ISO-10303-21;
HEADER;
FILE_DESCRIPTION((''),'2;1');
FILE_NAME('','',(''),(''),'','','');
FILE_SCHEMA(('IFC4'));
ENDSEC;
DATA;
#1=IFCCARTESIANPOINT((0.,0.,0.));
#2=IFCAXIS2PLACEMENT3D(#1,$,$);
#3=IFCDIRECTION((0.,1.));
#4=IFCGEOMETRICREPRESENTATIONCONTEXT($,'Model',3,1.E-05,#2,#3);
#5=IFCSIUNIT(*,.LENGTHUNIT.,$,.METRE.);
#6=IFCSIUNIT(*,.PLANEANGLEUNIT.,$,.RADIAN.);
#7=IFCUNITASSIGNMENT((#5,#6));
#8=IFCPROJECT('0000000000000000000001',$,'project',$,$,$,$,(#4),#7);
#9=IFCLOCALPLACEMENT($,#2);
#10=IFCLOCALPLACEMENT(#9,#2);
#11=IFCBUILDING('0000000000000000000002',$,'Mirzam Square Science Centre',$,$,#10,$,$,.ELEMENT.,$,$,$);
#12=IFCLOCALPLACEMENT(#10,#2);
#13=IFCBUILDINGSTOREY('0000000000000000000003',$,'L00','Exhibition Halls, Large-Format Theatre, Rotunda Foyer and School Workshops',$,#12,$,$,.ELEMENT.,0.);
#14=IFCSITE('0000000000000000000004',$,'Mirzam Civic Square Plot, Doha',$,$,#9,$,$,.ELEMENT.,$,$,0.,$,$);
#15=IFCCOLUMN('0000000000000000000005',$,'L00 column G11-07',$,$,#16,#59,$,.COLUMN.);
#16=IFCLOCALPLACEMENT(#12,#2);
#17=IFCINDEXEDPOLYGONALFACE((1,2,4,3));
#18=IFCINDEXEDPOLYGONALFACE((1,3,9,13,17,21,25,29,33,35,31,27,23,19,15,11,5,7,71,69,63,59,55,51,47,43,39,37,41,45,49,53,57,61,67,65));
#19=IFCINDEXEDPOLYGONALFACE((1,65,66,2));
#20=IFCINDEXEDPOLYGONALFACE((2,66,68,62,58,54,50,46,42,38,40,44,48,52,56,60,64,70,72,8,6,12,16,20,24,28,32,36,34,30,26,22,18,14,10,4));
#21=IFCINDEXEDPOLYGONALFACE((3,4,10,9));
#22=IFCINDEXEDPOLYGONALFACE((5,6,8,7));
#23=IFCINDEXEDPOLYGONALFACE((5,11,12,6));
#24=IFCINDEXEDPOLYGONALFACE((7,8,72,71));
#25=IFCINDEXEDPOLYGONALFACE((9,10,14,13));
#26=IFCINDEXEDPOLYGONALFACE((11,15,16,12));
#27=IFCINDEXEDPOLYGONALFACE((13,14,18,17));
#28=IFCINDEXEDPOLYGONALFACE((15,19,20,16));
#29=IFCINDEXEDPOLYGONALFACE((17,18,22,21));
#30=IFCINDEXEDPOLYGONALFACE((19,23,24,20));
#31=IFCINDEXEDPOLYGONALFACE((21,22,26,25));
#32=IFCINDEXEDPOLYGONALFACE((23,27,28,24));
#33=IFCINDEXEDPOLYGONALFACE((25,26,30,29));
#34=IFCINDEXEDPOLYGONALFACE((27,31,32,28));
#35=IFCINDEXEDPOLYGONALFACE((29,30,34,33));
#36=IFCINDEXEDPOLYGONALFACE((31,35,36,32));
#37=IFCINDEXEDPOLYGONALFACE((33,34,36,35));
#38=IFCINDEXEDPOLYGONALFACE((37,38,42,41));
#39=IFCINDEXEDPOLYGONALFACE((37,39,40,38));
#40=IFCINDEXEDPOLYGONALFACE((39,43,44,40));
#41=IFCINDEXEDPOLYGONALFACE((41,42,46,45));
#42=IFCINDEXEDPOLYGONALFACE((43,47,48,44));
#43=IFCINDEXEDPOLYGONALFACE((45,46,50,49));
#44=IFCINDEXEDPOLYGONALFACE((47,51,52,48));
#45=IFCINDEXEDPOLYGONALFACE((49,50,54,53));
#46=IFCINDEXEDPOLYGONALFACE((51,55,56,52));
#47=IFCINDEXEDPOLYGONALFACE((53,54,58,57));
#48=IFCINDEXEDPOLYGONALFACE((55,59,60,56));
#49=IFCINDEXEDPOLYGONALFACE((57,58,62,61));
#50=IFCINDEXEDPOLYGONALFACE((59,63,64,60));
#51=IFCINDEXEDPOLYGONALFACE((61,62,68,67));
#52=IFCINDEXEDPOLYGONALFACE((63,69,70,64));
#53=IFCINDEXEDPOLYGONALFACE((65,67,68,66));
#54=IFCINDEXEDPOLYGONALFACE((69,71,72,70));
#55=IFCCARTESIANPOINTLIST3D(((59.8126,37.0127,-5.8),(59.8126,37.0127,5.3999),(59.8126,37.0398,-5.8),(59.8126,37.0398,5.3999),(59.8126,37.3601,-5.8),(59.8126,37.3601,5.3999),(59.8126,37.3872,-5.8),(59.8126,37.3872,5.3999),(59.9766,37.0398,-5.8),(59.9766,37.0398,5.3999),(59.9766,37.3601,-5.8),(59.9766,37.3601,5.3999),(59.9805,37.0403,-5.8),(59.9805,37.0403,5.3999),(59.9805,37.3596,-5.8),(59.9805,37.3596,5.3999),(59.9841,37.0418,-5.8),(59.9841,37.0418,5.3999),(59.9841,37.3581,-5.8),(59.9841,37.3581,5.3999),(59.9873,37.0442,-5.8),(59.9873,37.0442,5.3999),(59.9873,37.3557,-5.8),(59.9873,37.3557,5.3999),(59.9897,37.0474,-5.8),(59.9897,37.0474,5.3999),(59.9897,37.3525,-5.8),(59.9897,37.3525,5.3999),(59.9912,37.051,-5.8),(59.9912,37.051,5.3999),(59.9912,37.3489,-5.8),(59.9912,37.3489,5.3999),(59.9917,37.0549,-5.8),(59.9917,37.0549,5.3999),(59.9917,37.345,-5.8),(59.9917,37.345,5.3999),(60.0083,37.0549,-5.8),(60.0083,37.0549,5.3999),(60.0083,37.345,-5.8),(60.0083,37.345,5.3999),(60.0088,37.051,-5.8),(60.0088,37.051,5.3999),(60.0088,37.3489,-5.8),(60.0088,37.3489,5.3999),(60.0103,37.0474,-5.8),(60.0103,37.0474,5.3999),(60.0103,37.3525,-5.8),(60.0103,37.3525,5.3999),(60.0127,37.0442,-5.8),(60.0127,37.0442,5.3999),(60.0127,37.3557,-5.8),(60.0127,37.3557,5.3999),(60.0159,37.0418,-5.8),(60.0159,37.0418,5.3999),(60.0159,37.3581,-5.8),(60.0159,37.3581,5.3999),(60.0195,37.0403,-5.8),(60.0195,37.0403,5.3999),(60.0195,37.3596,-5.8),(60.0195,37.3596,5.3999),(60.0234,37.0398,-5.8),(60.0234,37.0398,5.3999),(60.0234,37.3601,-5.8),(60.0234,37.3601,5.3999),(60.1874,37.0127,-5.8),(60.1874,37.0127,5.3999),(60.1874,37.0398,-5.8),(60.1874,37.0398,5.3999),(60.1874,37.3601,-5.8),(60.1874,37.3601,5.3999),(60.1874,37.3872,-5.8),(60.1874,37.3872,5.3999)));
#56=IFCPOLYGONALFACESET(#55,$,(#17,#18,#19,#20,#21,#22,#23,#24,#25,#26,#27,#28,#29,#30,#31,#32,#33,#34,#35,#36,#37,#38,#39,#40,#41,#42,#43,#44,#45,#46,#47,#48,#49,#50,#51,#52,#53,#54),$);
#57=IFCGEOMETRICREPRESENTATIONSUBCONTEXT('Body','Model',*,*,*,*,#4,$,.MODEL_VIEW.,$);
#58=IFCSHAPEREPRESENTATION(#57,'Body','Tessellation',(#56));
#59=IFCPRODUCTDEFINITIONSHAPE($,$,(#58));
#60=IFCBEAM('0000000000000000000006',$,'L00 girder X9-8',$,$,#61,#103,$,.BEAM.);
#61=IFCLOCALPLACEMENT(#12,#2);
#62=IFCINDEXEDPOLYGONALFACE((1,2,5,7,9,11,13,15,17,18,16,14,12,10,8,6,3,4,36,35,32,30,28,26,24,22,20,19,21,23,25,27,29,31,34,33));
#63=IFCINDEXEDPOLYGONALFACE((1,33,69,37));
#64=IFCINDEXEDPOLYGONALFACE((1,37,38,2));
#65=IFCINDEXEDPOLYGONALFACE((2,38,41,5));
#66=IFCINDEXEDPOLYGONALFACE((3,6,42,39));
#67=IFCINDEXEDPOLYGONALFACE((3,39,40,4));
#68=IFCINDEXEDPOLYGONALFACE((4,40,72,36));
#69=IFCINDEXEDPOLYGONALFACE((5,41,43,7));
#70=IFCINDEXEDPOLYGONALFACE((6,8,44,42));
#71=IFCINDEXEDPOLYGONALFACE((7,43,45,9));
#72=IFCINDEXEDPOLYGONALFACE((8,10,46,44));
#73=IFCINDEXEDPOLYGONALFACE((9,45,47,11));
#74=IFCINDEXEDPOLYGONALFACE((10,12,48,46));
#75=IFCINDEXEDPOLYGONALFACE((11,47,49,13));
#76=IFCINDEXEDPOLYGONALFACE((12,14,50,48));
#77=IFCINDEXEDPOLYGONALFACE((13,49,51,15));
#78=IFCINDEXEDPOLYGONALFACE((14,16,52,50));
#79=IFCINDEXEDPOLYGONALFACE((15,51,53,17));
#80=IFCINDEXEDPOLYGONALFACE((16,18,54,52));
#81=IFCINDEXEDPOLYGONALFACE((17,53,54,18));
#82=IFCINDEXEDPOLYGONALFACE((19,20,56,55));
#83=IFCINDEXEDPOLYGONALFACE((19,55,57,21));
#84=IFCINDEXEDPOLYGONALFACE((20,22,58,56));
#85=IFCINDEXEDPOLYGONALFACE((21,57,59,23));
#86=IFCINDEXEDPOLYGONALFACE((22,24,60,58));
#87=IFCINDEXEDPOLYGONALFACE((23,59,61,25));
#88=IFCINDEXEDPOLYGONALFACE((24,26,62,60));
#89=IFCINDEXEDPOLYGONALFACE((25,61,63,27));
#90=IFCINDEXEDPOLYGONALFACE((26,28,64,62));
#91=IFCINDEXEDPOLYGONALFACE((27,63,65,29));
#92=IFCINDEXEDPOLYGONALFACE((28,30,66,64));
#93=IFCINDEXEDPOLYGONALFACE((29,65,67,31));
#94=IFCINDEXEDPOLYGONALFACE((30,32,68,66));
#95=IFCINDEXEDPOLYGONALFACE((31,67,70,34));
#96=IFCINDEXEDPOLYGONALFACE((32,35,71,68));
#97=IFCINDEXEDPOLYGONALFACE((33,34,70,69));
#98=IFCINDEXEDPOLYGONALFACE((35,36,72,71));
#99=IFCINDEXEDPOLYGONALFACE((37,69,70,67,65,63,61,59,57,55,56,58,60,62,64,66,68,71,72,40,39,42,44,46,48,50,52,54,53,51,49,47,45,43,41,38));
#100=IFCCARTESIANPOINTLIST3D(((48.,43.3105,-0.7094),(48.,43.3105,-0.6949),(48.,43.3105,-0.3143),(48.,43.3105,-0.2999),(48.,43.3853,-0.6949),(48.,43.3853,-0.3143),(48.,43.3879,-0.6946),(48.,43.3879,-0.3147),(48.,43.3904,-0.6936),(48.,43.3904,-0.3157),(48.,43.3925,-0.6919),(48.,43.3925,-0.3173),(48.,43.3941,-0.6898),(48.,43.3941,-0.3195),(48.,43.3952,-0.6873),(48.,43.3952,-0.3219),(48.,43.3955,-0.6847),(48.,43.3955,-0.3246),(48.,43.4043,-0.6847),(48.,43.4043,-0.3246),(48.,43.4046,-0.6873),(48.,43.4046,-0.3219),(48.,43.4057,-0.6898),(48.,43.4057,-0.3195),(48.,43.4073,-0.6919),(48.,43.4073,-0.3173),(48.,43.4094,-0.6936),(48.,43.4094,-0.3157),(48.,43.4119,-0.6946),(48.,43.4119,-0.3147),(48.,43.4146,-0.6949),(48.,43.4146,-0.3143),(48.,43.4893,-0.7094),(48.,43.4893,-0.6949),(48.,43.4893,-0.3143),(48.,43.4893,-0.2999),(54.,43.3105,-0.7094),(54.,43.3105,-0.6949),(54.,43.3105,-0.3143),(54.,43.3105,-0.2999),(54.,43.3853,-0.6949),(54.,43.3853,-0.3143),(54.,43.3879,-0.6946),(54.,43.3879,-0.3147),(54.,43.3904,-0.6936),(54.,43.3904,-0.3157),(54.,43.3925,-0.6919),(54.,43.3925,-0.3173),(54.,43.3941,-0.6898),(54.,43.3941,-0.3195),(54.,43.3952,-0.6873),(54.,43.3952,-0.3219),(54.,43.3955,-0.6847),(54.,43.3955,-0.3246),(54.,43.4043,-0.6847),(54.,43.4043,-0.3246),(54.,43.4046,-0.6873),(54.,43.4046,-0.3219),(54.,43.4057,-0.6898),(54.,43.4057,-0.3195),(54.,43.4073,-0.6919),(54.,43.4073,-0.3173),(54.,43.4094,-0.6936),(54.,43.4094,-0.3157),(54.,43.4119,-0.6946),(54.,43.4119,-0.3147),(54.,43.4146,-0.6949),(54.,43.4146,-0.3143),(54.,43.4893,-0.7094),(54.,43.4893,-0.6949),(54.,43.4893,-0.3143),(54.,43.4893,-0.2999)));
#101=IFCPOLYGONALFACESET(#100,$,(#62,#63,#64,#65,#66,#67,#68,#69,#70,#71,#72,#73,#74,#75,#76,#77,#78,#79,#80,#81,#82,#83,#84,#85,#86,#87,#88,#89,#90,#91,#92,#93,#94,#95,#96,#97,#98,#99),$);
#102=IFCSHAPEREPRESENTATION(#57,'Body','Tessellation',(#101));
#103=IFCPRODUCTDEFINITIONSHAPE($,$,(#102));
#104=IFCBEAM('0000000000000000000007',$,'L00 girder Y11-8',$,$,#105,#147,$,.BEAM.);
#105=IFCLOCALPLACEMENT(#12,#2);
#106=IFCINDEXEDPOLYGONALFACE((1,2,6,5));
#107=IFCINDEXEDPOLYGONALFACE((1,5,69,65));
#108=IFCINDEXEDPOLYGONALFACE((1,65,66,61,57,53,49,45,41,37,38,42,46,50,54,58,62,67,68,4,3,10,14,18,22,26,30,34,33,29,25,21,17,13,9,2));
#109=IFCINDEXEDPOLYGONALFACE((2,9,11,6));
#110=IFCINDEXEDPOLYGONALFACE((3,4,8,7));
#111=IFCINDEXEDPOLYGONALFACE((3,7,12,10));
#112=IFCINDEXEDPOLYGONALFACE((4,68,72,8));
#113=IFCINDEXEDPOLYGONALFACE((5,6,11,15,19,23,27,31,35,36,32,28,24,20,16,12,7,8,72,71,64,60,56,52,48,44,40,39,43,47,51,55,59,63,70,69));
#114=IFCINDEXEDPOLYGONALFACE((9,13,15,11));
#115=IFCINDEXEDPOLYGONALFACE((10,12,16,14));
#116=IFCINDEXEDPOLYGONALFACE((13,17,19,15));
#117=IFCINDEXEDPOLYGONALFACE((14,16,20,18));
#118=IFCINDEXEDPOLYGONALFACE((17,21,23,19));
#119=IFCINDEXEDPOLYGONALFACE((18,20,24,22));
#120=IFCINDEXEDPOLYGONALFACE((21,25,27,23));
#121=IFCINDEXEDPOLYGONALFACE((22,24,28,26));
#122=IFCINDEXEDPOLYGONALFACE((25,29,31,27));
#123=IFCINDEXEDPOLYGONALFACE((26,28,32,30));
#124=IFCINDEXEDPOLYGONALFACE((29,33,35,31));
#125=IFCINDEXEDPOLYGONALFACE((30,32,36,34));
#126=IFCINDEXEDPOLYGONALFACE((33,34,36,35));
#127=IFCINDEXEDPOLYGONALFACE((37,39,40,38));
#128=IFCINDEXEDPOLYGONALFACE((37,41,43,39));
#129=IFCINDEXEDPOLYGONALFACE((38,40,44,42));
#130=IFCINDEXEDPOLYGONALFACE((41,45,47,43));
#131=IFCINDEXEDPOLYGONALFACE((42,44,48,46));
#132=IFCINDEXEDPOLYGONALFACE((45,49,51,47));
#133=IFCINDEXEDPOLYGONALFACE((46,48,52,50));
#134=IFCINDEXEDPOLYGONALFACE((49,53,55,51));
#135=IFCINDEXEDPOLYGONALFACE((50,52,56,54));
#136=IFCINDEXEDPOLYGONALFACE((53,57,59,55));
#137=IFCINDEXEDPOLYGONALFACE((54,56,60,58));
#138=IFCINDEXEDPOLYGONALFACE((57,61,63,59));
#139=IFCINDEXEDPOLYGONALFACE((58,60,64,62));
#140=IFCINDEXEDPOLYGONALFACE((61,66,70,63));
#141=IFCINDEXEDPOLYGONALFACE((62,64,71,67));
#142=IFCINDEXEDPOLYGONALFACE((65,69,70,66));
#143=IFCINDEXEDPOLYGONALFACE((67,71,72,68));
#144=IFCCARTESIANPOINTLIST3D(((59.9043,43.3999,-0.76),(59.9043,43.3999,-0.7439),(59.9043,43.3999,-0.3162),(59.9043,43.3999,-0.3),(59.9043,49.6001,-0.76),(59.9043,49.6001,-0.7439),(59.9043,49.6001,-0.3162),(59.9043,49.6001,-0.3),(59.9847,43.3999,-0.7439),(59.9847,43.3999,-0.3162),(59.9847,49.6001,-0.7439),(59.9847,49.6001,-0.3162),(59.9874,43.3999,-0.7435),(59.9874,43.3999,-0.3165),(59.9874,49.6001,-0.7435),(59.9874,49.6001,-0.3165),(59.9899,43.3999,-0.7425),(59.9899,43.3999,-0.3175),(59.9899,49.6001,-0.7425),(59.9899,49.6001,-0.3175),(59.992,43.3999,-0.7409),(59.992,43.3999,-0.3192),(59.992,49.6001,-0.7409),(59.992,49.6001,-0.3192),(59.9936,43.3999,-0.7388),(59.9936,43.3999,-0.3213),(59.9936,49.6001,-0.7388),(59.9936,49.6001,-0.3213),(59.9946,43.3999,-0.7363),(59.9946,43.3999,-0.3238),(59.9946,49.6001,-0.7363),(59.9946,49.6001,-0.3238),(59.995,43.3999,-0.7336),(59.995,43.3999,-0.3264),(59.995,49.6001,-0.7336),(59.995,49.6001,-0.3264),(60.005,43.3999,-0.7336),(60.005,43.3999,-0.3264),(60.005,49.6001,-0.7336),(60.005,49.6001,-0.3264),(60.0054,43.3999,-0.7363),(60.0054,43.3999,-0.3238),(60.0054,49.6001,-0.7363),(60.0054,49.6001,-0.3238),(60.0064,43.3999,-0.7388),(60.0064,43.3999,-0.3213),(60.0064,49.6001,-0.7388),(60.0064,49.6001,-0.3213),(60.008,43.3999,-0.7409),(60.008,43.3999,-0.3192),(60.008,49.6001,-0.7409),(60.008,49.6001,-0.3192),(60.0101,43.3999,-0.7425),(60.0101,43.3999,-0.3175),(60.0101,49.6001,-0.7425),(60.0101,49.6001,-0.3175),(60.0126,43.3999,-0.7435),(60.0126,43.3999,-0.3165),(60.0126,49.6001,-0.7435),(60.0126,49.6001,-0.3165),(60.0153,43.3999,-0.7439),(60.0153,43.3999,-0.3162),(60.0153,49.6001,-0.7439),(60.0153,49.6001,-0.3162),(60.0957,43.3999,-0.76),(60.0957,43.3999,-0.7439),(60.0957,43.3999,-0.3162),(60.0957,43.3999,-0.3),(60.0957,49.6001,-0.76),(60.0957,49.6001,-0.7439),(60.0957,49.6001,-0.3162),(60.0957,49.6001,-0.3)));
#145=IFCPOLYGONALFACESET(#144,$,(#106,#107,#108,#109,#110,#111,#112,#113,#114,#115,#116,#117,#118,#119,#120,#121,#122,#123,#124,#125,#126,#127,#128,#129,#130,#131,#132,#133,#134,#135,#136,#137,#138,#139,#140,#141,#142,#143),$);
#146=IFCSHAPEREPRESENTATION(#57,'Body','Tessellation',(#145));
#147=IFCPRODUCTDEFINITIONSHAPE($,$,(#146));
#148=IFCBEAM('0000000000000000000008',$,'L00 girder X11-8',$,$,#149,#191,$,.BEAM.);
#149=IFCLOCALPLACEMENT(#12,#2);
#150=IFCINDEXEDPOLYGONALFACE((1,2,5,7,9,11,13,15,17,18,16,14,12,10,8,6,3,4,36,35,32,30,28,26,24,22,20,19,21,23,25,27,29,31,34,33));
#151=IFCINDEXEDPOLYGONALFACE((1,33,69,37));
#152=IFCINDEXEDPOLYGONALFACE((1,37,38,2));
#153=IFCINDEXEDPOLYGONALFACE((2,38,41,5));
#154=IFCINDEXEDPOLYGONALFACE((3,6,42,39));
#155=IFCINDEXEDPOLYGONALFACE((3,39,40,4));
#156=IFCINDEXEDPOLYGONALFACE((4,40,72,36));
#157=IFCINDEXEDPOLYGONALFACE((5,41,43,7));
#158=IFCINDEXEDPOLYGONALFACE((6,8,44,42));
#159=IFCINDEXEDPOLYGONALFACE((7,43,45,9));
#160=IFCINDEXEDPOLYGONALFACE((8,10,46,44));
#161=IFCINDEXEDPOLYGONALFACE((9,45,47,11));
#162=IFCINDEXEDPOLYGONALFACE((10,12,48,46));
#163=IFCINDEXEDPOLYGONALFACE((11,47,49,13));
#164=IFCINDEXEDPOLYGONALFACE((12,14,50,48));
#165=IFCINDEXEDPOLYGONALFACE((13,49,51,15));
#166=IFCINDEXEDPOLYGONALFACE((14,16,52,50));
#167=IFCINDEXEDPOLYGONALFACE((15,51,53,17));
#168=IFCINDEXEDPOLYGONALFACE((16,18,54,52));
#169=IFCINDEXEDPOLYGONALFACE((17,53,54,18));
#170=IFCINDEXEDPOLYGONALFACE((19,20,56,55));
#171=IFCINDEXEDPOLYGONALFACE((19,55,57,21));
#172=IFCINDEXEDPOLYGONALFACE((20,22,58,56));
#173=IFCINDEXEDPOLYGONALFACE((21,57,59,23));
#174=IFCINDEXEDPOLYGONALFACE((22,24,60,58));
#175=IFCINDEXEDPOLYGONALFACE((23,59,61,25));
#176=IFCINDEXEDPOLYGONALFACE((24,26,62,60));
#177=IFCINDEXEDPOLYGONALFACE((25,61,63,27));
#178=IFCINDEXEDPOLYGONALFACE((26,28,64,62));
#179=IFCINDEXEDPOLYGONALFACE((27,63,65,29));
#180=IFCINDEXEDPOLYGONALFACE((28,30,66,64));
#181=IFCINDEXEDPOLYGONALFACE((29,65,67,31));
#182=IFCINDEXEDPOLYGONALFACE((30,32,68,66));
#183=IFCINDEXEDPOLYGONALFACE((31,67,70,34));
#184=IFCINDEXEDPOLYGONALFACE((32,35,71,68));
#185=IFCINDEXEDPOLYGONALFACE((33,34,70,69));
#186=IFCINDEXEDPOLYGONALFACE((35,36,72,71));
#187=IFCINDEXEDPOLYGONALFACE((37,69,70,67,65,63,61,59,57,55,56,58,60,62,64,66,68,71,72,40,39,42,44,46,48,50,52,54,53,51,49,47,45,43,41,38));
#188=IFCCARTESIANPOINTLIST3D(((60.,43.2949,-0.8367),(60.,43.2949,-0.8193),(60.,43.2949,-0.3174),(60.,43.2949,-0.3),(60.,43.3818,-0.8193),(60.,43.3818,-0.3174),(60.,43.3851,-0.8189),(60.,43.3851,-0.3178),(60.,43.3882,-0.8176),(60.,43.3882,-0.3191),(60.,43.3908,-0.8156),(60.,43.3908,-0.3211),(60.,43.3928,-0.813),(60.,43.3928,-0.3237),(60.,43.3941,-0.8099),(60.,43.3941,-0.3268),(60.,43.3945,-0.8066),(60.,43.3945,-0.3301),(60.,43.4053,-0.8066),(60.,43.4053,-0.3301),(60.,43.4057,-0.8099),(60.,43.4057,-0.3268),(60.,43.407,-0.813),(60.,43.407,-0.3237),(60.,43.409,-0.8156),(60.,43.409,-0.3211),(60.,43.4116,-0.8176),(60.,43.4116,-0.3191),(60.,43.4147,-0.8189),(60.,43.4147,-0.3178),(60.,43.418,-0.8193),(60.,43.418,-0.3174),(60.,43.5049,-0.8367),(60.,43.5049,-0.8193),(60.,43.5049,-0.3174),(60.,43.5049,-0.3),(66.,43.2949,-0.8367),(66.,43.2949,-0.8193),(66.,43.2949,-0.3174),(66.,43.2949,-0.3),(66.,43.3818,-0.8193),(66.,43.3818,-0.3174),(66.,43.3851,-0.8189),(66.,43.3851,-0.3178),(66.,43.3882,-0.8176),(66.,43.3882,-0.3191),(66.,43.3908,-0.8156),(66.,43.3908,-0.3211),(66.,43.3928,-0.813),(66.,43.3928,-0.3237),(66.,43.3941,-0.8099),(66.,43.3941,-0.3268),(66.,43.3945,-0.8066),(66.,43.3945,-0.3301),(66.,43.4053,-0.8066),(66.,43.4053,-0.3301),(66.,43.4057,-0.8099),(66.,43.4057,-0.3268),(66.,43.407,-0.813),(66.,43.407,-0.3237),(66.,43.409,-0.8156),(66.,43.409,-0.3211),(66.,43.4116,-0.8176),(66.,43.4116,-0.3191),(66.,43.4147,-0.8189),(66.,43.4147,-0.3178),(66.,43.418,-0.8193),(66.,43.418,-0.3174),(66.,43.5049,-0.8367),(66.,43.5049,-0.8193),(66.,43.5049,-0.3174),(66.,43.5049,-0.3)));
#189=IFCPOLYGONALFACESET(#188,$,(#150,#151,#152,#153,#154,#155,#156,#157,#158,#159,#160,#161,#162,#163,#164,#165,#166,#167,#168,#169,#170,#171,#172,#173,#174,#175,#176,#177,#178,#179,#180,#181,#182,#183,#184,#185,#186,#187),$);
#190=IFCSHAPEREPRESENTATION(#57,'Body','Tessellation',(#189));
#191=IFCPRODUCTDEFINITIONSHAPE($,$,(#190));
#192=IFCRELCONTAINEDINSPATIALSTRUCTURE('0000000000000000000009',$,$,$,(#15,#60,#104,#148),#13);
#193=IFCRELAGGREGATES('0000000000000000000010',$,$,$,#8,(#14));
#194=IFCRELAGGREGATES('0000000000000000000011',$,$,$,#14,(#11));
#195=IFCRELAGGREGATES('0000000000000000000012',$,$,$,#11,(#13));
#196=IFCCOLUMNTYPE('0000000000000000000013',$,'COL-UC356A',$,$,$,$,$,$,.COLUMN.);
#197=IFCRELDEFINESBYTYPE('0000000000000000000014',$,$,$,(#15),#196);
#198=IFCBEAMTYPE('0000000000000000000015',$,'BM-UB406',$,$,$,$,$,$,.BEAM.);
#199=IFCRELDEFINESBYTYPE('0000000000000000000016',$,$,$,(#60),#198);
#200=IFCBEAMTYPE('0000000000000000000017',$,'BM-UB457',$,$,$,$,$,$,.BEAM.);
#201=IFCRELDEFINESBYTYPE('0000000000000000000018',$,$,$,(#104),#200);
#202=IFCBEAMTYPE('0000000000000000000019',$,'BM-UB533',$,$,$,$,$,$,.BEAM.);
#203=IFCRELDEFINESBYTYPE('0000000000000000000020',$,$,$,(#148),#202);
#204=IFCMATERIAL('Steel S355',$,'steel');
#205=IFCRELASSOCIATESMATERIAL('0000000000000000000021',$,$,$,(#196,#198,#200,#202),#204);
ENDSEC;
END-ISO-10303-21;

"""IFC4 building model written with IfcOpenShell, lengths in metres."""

from ifc_helpers import new_model, si_unit, direction, frame, origin, origin_2d, place, context, subcontext, project, spatial, i_section, extrude, material, material_profile, profile_set, type_object, element, save


model = new_model("IFC4")

# Units and contexts
model_context = context("Model", 3, precision=1e-05, world=origin(), true_north=direction((0.0, 1.0)))
body_context = subcontext(model_context, "Body", "Model", "MODEL_VIEW")
ifc_project = project(units=[si_unit("LENGTHUNIT", "METRE"), si_unit("PLANEANGLEUNIT", "RADIAN")], contexts=[model_context])

# Site, building, storey
site_placement = place(None, origin())
site = spatial("IfcSite", under=ifc_project, at=site_placement, Name="Mirzam Civic Square Plot, Doha", CompositionType="ELEMENT", RefElevation=0.0)
building_placement = place(site_placement, origin())
building = spatial("IfcBuilding", under=site, at=building_placement, Name="Mirzam Square Science Centre", CompositionType="ELEMENT")
storey_placement = place(building_placement, origin())
storey = spatial("IfcBuildingStorey", under=building, at=storey_placement, Name="L00", Description="Exhibition Halls, Large-Format Theatre, Rotunda Foyer and School Workshops", CompositionType="ELEMENT", Elevation=0.0)

# Column
ifc_material_1 = material(Name="Steel S355", Category="steel")
ifc_material_profile_1 = material_profile(ifc_material_1, i_section(OverallWidth=0.3748, OverallDepth=0.3745, WebThickness=0.0166, FlangeThickness=0.0271, FilletRadius=0.0151, at=origin_2d()), Name="356x368x202UC")
ifc_profile_set_1 = profile_set([ifc_material_profile_1], Name="Steel S355")
column_type_1 = type_object("IfcColumnType", Name="COL-UC356A", PredefinedType="COLUMN", material=ifc_profile_set_1)
column_1_placement = place(storey_placement, frame((60.0, 37.2, -5.8), z_axis=(0.0, 0.0, 1.0), x_axis=(1.0, 0.0, 0.0)))
element("IfcColumn", 1, at=column_1_placement, inside=storey, type_object=column_type_1, Name="L00 column G11-07", PredefinedType="COLUMN", context=body_context, shape_type="SweptSolid", body=[
    extrude(i_section(OverallWidth=0.3748, OverallDepth=0.3745, WebThickness=0.0166, FlangeThickness=0.0271, FilletRadius=0.0151, at=origin_2d()), origin(), (0.0, 0.0, 1.0), 11.2),
])

# Beams
ifc_material_profile_2 = material_profile(ifc_material_1, i_section(OverallWidth=0.1787, OverallDepth=0.4094, WebThickness=0.0088, FlangeThickness=0.0144, FilletRadius=0.0103, at=origin_2d()), Name="406x178x67UB")
ifc_profile_set_2 = profile_set([ifc_material_profile_2], Name="Steel S355")
beam_type_1 = type_object("IfcBeamType", Name="BM-UB406", PredefinedType="BEAM", material=ifc_profile_set_2)
beam_1_placement = place(storey_placement, frame((48.0, 43.3999, -0.5046), z_axis=(1.0, 0.0, 0.0), x_axis=(0.0, 1.0, 0.0)))
element("IfcBeam", 2, at=beam_1_placement, inside=storey, type_object=beam_type_1, Name="L00 girder X9-8", PredefinedType="BEAM", context=body_context, shape_type="SweptSolid", body=[
    extrude(i_section(OverallWidth=0.1787, OverallDepth=0.4094, WebThickness=0.0088, FlangeThickness=0.0144, FilletRadius=0.0103, at=origin_2d()), origin(), (0.0, 0.0, 1.0), 6.0),
])
ifc_material_profile_3 = material_profile(ifc_material_1, i_section(OverallWidth=0.1914, OverallDepth=0.46, WebThickness=0.01, FlangeThickness=0.0161, FilletRadius=0.0103, at=origin_2d()), Name="457x191x82UB")
ifc_profile_set_3 = profile_set([ifc_material_profile_3], Name="Steel S355")
beam_type_2 = type_object("IfcBeamType", Name="BM-UB457", PredefinedType="BEAM", material=ifc_profile_set_3)
beam_2_placement = place(storey_placement, frame((60.0, 43.3999, -0.53), z_axis=(0.0, 1.0, 0.0), x_axis=(-1.0, 0.0, 0.0)))
element("IfcBeam", 3, at=beam_2_placement, inside=storey, type_object=beam_type_2, Name="L00 girder Y11-8", PredefinedType="BEAM", context=body_context, shape_type="SweptSolid", body=[
    extrude(i_section(OverallWidth=0.1914, OverallDepth=0.46, WebThickness=0.01, FlangeThickness=0.0161, FilletRadius=0.0103, at=origin_2d()), origin(), (0.0, 0.0, 1.0), 6.2002),
])
ifc_material_profile_4 = material_profile(ifc_material_1, i_section(OverallWidth=0.21, OverallDepth=0.5366, WebThickness=0.0107, FlangeThickness=0.0173, FilletRadius=0.0127, at=origin_2d()), Name="533x210x101UB")
ifc_profile_set_4 = profile_set([ifc_material_profile_4], Name="Steel S355")
beam_type_3 = type_object("IfcBeamType", Name="BM-UB533", PredefinedType="BEAM", material=ifc_profile_set_4)
beam_3_placement = place(storey_placement, frame((60.0, 43.3999, -0.5684), z_axis=(1.0, 0.0, 0.0), x_axis=(0.0, 1.0, 0.0)))
element("IfcBeam", 4, at=beam_3_placement, inside=storey, type_object=beam_type_3, Name="L00 girder X11-8", PredefinedType="BEAM", context=body_context, shape_type="SweptSolid", body=[
    extrude(i_section(OverallWidth=0.21, OverallDepth=0.5366, WebThickness=0.0107, FlangeThickness=0.0173, FilletRadius=0.0127, at=origin_2d()), origin(), (0.0, 0.0, 1.0), 6.0),
])

save(model, "model.ifc")
